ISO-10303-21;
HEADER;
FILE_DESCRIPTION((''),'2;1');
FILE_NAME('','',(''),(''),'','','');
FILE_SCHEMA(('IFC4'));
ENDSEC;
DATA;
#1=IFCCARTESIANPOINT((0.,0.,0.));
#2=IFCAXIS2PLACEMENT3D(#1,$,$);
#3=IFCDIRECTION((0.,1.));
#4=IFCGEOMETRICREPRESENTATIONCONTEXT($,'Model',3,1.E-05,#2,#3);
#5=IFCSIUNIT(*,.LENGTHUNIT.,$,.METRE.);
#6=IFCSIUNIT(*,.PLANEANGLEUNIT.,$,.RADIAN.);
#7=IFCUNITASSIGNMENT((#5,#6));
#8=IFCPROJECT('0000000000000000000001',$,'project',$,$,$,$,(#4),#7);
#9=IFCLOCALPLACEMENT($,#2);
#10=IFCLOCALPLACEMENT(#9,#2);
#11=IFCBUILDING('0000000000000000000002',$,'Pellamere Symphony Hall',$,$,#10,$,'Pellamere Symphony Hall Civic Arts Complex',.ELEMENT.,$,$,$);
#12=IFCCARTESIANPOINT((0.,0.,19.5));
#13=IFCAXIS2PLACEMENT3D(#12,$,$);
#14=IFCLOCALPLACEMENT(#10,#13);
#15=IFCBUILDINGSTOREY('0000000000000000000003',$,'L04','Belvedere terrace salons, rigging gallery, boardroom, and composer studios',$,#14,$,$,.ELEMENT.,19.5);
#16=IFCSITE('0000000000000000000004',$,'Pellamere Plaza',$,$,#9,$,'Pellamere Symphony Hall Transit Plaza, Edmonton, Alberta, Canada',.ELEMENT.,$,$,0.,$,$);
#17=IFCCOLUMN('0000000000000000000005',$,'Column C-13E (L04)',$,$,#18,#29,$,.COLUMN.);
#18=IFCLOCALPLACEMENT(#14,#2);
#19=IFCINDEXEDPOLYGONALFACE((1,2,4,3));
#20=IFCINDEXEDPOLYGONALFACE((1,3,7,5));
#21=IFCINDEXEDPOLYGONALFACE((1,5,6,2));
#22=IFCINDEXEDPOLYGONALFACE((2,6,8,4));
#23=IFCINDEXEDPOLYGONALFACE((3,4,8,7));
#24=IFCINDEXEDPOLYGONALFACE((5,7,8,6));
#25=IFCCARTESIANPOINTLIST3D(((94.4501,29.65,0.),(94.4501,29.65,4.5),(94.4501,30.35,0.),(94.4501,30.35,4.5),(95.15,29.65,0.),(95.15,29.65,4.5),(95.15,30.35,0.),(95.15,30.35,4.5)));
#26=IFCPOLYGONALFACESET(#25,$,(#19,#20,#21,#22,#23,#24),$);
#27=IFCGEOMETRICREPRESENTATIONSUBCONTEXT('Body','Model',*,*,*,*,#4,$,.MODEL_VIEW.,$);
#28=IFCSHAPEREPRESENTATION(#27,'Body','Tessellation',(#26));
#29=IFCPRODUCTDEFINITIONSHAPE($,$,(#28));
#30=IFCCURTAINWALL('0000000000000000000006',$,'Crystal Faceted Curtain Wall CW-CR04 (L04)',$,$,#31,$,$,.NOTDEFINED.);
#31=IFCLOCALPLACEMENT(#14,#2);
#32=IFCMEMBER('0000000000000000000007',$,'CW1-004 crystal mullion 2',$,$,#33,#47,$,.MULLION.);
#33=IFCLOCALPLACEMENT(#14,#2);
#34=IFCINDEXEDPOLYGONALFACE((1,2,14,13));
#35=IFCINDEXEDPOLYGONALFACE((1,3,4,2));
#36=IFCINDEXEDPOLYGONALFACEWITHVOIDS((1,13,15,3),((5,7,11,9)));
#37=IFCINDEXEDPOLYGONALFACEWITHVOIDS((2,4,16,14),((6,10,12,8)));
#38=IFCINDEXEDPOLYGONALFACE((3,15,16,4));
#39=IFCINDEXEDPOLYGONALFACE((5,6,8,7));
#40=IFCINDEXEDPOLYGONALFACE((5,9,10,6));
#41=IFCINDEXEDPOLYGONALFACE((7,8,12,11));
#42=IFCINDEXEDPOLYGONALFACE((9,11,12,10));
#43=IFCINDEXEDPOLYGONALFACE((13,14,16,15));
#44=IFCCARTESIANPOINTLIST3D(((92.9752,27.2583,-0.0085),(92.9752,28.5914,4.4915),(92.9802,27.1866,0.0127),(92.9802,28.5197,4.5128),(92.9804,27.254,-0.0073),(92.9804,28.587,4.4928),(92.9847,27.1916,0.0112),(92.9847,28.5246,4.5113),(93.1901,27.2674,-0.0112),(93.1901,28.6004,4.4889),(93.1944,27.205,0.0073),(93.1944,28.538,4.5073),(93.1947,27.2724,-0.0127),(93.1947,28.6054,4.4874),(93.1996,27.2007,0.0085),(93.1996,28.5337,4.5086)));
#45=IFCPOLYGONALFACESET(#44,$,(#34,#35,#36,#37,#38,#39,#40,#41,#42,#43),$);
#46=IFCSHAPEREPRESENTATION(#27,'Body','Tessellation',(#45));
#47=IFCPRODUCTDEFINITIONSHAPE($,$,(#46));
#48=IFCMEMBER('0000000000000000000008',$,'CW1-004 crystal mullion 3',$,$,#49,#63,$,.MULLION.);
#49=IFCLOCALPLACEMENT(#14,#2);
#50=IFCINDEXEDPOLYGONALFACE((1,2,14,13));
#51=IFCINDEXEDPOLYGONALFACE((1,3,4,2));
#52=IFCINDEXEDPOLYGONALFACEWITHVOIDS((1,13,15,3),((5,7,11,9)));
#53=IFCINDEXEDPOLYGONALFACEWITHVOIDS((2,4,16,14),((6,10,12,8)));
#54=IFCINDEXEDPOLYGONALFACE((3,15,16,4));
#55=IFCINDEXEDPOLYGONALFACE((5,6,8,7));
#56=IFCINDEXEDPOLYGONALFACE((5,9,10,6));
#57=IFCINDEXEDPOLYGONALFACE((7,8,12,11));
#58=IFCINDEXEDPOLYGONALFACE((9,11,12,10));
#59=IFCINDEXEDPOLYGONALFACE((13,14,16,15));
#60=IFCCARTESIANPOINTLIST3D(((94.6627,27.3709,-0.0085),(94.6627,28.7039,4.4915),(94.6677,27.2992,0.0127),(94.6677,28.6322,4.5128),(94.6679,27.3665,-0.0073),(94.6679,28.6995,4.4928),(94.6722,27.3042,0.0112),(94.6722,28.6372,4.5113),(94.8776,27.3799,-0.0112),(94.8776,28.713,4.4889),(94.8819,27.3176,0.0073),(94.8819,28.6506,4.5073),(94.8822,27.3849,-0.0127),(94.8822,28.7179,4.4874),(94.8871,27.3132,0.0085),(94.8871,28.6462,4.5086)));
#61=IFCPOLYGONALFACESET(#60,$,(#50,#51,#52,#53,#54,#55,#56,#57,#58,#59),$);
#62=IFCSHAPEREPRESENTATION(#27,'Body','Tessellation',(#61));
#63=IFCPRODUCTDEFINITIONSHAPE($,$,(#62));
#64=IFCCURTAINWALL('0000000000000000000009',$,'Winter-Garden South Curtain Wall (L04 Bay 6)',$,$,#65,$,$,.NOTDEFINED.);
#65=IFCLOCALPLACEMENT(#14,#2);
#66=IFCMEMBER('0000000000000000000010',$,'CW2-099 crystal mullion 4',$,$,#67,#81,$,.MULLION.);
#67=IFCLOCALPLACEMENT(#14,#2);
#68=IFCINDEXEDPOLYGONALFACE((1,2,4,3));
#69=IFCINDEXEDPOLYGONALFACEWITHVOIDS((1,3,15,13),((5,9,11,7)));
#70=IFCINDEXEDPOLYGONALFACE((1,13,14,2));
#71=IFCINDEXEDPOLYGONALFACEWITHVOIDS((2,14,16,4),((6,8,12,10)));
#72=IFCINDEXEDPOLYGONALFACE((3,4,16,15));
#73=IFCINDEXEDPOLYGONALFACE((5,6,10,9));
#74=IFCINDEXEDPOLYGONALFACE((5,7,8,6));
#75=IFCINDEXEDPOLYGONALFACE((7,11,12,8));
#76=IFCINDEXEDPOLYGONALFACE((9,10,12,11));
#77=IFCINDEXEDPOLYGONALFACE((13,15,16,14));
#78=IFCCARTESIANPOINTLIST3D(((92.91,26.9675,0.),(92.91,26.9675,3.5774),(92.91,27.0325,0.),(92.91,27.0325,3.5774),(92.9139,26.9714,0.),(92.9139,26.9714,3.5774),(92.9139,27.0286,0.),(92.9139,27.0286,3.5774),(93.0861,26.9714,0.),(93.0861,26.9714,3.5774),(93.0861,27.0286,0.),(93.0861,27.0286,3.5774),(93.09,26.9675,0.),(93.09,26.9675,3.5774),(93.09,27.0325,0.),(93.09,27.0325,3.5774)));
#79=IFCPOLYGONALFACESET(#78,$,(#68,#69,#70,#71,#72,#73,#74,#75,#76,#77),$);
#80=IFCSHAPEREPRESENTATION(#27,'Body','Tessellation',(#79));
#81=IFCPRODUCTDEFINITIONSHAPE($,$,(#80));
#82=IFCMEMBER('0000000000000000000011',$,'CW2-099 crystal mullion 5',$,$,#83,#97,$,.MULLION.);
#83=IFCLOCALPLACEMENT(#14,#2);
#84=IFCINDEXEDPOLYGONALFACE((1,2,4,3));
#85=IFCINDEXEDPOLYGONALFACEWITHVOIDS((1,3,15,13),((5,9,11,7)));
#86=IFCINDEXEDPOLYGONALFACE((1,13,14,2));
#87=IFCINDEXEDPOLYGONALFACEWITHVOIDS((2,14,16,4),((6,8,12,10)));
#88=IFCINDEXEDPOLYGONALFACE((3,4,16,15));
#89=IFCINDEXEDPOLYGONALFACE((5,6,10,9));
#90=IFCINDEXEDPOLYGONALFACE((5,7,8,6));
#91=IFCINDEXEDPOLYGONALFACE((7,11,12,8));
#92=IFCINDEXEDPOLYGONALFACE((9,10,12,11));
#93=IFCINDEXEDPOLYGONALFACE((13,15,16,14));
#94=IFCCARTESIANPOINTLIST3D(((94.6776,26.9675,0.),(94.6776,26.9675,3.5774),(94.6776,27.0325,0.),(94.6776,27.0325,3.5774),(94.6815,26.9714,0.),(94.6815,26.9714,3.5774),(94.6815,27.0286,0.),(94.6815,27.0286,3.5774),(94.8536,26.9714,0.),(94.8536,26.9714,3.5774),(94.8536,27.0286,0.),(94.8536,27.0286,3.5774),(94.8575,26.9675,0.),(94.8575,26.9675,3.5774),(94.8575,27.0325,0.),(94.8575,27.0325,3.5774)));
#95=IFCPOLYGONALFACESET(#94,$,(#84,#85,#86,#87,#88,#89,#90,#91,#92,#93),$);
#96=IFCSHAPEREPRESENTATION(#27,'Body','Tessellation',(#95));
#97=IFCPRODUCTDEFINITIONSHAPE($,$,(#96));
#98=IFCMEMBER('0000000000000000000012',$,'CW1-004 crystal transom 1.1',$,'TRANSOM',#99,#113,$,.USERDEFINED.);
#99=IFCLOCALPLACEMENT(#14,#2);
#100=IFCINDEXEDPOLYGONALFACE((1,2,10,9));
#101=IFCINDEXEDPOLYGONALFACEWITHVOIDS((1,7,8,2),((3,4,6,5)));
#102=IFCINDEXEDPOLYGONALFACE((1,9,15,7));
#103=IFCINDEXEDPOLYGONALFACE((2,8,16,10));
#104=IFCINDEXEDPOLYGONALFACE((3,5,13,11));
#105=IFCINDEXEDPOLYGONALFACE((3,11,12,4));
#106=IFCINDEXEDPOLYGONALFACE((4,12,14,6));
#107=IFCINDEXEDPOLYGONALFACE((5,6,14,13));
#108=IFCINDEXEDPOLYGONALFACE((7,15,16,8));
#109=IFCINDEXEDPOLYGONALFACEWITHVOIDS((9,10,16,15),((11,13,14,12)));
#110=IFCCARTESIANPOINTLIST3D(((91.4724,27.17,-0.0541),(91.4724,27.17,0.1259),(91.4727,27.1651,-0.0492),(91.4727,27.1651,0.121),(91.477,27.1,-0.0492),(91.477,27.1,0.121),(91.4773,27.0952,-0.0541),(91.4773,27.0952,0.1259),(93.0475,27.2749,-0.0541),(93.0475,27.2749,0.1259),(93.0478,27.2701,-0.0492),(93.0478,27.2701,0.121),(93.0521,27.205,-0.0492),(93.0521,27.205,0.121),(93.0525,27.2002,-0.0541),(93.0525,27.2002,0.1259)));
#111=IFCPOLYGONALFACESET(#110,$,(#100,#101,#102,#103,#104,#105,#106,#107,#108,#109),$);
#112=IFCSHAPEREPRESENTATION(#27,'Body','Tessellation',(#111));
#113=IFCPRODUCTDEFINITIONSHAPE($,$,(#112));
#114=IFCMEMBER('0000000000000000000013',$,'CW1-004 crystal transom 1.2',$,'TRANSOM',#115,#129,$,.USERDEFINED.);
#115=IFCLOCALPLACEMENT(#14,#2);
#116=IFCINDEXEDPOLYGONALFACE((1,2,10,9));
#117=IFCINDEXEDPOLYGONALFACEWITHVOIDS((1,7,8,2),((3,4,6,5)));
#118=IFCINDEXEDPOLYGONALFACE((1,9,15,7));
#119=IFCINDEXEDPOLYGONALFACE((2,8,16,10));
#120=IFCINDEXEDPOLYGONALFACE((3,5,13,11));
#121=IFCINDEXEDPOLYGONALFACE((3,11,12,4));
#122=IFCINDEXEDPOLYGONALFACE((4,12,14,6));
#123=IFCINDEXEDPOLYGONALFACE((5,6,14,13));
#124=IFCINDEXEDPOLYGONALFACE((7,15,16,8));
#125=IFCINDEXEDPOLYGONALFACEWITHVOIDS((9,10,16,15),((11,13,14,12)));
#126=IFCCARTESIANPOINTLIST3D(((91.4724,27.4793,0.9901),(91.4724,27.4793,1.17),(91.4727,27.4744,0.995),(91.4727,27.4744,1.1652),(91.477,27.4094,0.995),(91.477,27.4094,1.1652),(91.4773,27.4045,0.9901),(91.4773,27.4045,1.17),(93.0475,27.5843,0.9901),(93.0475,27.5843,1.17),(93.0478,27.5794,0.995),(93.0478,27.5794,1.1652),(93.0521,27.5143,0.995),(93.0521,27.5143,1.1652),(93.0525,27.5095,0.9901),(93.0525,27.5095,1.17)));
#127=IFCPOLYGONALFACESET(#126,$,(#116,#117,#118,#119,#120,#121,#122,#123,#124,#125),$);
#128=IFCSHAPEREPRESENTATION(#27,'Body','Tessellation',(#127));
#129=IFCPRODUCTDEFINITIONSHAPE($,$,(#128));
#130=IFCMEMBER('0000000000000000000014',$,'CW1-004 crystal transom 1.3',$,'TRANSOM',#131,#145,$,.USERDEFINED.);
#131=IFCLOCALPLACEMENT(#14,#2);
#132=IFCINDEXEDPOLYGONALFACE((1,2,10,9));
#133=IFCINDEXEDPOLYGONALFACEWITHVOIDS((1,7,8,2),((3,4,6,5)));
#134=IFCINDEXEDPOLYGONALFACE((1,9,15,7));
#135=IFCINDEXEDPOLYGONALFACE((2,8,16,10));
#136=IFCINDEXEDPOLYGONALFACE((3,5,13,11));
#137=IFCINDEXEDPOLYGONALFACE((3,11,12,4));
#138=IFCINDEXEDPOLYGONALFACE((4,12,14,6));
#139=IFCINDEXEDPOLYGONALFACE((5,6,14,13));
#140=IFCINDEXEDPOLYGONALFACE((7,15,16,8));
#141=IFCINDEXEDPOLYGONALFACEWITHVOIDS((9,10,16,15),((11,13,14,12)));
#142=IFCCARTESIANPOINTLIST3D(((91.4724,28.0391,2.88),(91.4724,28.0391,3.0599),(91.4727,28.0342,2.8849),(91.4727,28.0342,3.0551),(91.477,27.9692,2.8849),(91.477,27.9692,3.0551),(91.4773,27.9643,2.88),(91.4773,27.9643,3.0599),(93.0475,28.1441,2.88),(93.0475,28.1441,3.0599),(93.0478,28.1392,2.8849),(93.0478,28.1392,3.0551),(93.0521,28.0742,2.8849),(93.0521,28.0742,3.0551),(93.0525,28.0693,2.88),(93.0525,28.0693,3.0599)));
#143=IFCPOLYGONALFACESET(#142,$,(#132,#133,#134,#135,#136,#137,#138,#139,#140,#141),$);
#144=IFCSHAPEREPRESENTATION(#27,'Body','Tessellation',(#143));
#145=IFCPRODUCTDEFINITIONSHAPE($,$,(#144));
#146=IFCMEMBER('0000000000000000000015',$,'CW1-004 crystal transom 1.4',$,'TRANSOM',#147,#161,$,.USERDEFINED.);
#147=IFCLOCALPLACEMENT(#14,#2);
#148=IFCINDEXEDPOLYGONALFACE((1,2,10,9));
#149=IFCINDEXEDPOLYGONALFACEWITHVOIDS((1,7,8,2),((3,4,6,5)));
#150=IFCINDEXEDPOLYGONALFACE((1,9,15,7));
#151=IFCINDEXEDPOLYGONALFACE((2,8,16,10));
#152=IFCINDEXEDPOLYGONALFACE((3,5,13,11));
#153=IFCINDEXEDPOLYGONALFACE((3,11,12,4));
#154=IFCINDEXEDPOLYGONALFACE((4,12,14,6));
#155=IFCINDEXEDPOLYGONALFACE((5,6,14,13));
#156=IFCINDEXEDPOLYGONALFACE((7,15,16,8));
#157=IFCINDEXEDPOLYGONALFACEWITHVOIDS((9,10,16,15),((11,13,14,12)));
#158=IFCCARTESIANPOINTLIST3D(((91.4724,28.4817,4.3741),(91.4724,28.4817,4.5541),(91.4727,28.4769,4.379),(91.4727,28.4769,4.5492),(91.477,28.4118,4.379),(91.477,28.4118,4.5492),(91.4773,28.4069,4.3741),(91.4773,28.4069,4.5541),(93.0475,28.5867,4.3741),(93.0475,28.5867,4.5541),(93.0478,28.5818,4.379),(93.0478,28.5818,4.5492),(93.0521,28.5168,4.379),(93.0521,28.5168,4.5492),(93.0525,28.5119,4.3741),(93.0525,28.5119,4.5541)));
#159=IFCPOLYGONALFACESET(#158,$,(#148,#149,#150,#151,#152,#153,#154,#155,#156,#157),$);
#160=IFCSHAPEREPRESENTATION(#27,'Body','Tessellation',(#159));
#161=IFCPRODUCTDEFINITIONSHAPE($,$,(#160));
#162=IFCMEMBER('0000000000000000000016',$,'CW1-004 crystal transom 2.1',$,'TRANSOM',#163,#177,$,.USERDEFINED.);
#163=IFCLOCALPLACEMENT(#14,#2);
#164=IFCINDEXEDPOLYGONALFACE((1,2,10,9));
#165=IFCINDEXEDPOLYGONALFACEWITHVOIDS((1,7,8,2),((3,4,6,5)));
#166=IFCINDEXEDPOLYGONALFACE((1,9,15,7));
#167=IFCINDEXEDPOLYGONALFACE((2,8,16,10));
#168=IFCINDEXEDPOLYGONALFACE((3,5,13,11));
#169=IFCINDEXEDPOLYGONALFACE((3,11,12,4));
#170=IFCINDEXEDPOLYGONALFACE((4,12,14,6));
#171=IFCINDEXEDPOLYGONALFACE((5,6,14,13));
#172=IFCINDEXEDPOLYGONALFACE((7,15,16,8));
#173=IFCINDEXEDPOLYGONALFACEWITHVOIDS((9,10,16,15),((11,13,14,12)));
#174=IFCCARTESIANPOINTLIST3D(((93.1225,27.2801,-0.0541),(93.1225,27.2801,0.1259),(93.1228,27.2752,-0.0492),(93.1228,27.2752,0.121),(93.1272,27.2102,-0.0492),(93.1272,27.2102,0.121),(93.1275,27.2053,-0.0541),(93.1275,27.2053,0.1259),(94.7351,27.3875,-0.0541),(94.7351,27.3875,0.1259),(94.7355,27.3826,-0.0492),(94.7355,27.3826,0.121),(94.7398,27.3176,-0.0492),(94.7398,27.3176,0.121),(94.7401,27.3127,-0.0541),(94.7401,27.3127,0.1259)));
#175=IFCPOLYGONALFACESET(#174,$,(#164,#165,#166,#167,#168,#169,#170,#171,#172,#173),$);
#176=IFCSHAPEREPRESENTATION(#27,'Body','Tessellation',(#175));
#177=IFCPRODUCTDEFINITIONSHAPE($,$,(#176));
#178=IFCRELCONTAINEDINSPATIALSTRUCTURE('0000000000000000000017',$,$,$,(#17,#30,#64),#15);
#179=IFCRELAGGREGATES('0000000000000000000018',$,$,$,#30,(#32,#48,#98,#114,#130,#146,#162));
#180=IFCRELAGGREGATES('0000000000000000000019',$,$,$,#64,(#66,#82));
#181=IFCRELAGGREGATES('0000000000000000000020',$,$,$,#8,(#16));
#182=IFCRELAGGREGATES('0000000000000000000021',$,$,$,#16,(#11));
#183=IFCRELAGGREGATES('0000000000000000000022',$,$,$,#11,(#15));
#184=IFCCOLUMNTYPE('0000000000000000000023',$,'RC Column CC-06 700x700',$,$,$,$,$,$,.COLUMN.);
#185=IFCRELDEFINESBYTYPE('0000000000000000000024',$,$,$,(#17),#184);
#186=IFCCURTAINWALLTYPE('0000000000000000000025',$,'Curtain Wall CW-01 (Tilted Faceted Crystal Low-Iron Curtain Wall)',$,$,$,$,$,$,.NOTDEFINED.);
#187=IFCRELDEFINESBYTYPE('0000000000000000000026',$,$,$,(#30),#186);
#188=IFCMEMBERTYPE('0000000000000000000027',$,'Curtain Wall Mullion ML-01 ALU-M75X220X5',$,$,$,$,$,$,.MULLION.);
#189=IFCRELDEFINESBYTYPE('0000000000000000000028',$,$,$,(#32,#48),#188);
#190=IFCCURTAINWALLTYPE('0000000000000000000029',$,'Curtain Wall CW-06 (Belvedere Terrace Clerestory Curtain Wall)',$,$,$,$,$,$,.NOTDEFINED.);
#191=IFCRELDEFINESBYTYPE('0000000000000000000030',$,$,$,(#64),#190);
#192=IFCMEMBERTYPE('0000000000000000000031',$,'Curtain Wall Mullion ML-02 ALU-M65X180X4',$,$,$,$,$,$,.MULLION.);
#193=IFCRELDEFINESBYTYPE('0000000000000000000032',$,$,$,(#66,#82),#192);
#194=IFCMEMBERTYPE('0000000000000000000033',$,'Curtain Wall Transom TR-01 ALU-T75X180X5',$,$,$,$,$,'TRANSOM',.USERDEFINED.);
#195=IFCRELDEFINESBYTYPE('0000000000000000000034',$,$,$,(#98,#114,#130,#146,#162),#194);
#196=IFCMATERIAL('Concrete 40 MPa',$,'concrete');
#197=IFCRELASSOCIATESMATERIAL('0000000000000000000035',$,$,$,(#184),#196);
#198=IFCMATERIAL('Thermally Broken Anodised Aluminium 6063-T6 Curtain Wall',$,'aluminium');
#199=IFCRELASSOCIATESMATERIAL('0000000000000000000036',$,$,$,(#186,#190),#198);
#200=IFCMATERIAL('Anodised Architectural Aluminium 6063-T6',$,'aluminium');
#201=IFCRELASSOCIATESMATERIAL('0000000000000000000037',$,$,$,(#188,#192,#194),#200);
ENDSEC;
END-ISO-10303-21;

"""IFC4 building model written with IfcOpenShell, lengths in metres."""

from ifc_helpers import new_model, si_unit, direction, frame, origin, origin_2d, place, context, subcontext, project, spatial, rectangle, hollow_rectangle, extrude, material, material_profile, profile_set, type_object, element, aggregate, save


model = new_model("IFC4")

# Units and contexts
model_context = context("Model", 3, precision=1e-05, world=origin(), true_north=direction((0.0, 1.0)))
body_context = subcontext(model_context, "Body", "Model", "MODEL_VIEW")
ifc_project = project(units=[si_unit("LENGTHUNIT", "METRE"), si_unit("PLANEANGLEUNIT", "RADIAN")], contexts=[model_context])

# Site, building, storey
site_placement = place(None, origin())
site = spatial("IfcSite", under=ifc_project, at=site_placement, Name="Pellamere Plaza", LongName="Pellamere Symphony Hall Transit Plaza, Edmonton, Alberta, Canada", CompositionType="ELEMENT", RefElevation=0.0)
building_placement = place(site_placement, origin())
building = spatial("IfcBuilding", under=site, at=building_placement, Name="Pellamere Symphony Hall", LongName="Pellamere Symphony Hall Civic Arts Complex", CompositionType="ELEMENT")
storey_placement = place(building_placement, frame((0.0, 0.0, 19.5)))
storey = spatial("IfcBuildingStorey", under=building, at=storey_placement, Name="L04", Description="Belvedere terrace salons, rigging gallery, boardroom, and composer studios", CompositionType="ELEMENT", Elevation=19.5)

# Column
ifc_material_1 = material(Name="Concrete 40 MPa", Category="concrete")
ifc_material_profile_1 = material_profile(ifc_material_1, rectangle(XDim=0.7, YDim=0.7, at=origin_2d()), Name="RC 700x700")
ifc_profile_set_1 = profile_set([ifc_material_profile_1], Name="Concrete 40 MPa")
column_type = type_object("IfcColumnType", Name="RC Column CC-06 700x700", PredefinedType="COLUMN", material=ifc_profile_set_1)
column_placement = place(storey_placement, frame((94.8, 30.0, 0.0), z_axis=(0.0, 0.0, 1.0), x_axis=(1.0, 0.0, 0.0)))
element("IfcColumn", 1, at=column_placement, inside=storey, type_object=column_type, Name="Column C-13E (L04)", PredefinedType="COLUMN", context=body_context, shape_type="SweptSolid", body=[
    extrude(rectangle(XDim=0.7, YDim=0.7, at=origin_2d()), origin(), (0.0, 0.0, 1.0), 4.5),
])

# Curtain walls, members
ifc_material_2 = material(Name="Thermally Broken Anodised Aluminium 6063-T6 Curtain Wall", Category="aluminium")
curtain_wall_type_1 = type_object("IfcCurtainWallType", Name="Curtain Wall CW-01 (Tilted Faceted Crystal Low-Iron Curtain Wall)", PredefinedType="NOTDEFINED", material=ifc_material_2)
curtain_wall_1_placement = place(storey_placement, origin())
curtain_wall_1 = element("IfcCurtainWall", 2, at=curtain_wall_1_placement, inside=storey, type_object=curtain_wall_type_1, Name="Crystal Faceted Curtain Wall CW-CR04 (L04)", PredefinedType="NOTDEFINED")
ifc_material_3 = material(Name="Anodised Architectural Aluminium 6063-T6", Category="aluminium")
ifc_material_profile_2 = material_profile(ifc_material_3, hollow_rectangle(XDim=0.075, YDim=0.22, WallThickness=0.0049, at=origin_2d()), Name="ALU-M75X220X5")
ifc_profile_set_2 = profile_set([ifc_material_profile_2], Name="Anodised Architectural Aluminium 6063-T6")
member_type_1 = type_object("IfcMemberType", Name="Curtain Wall Mullion ML-01 ALU-M75X220X5", PredefinedType="MULLION", material=ifc_profile_set_2)
member_1_placement = place(storey_placement, frame((93.0874, 27.2295, 0.0), z_axis=(0.0, 0.284025, 0.958817), x_axis=(0.066519, -0.956693, 0.283395)))
member_1 = element("IfcMember", 3, at=member_1_placement, type_object=member_type_1, Name="CW1-004 crystal mullion 2", PredefinedType="MULLION", context=body_context, shape_type="SweptSolid", body=[
    extrude(hollow_rectangle(XDim=0.075, YDim=0.22, WallThickness=0.0049, at=origin_2d()), origin(), (0.0, 0.0, 1.0), 4.6934),
])
member_2_placement = place(storey_placement, frame((94.7749, 27.342, 0.0), z_axis=(0.0, 0.284025, 0.958817), x_axis=(0.066519, -0.956693, 0.283395)))
member_2 = element("IfcMember", 4, at=member_2_placement, type_object=member_type_1, Name="CW1-004 crystal mullion 3", PredefinedType="MULLION", context=body_context, shape_type="SweptSolid", body=[
    extrude(hollow_rectangle(XDim=0.075, YDim=0.22, WallThickness=0.0049, at=origin_2d()), origin(), (0.0, 0.0, 1.0), 4.6934),
])
curtain_wall_type_2 = type_object("IfcCurtainWallType", Name="Curtain Wall CW-06 (Belvedere Terrace Clerestory Curtain Wall)", PredefinedType="NOTDEFINED", material=ifc_material_2)
curtain_wall_2_placement = place(storey_placement, origin())
curtain_wall_2 = element("IfcCurtainWall", 5, at=curtain_wall_2_placement, inside=storey, type_object=curtain_wall_type_2, Name="Winter-Garden South Curtain Wall (L04 Bay 6)", PredefinedType="NOTDEFINED")
ifc_material_profile_3 = material_profile(ifc_material_3, hollow_rectangle(XDim=0.0649, YDim=0.1799, WallThickness=0.0039, at=origin_2d()), Name="ALU-M65X180X4")
ifc_profile_set_3 = profile_set([ifc_material_profile_3], Name="Anodised Architectural Aluminium 6063-T6")
member_type_2 = type_object("IfcMemberType", Name="Curtain Wall Mullion ML-02 ALU-M65X180X4", PredefinedType="MULLION", material=ifc_profile_set_3)
member_3_placement = place(storey_placement, frame((93.0, 27.0, 0.0), z_axis=(0.0, 0.0, 1.0), x_axis=(0.0, 1.0, 0.0)))
member_3 = element("IfcMember", 6, at=member_3_placement, type_object=member_type_2, Name="CW2-099 crystal mullion 4", PredefinedType="MULLION", context=body_context, shape_type="SweptSolid", body=[
    extrude(hollow_rectangle(XDim=0.0649, YDim=0.1799, WallThickness=0.0039, at=origin_2d()), origin(), (0.0, 0.0, 1.0), 3.5774),
])
member_4_placement = place(storey_placement, frame((94.7676, 27.0, 0.0), z_axis=(0.0, 0.0, 1.0), x_axis=(0.0, 1.0, 0.0)))
member_4 = element("IfcMember", 7, at=member_4_placement, type_object=member_type_2, Name="CW2-099 crystal mullion 5", PredefinedType="MULLION", context=body_context, shape_type="SweptSolid", body=[
    extrude(hollow_rectangle(XDim=0.0649, YDim=0.1799, WallThickness=0.0039, at=origin_2d()), origin(), (0.0, 0.0, 1.0), 3.5774),
])

# Members
ifc_material_profile_4 = material_profile(ifc_material_3, hollow_rectangle(XDim=0.075, YDim=0.1799, WallThickness=0.0049, at=origin_2d()), Name="ALU-T75X180X5")
ifc_profile_set_4 = profile_set([ifc_material_profile_4], Name="Anodised Architectural Aluminium 6063-T6")
member_type_3 = type_object("IfcMemberType", Name="Curtain Wall Transom TR-01 ALU-T75X180X5", ElementType="TRANSOM", PredefinedType="USERDEFINED", material=ifc_profile_set_4)
member_5_placement = place(storey_placement, frame((91.4749, 27.1326, 0.0359), z_axis=(0.997787, 0.066498, 0.0), x_axis=(-0.066498, 0.997787, 0.0)))
member_5 = element("IfcMember", 8, at=member_5_placement, type_object=member_type_3, Name="CW1-004 crystal transom 1.1", ObjectType="TRANSOM", PredefinedType="USERDEFINED", context=body_context, shape_type="SweptSolid", body=[
    extrude(hollow_rectangle(XDim=0.075, YDim=0.1799, WallThickness=0.0049, at=origin_2d()), origin(), (0.0, 0.0, 1.0), 1.5786),
])
member_6_placement = place(storey_placement, frame((91.4749, 27.4419, 1.0801), z_axis=(0.997787, 0.066498, 0.0), x_axis=(-0.066498, 0.997787, 0.0)))
member_6 = element("IfcMember", 9, at=member_6_placement, type_object=member_type_3, Name="CW1-004 crystal transom 1.2", ObjectType="TRANSOM", PredefinedType="USERDEFINED", context=body_context, shape_type="SweptSolid", body=[
    extrude(hollow_rectangle(XDim=0.075, YDim=0.1799, WallThickness=0.0049, at=origin_2d()), origin(), (0.0, 0.0, 1.0), 1.5786),
])
member_7_placement = place(storey_placement, frame((91.4749, 28.0017, 2.97), z_axis=(0.997787, 0.066498, 0.0), x_axis=(-0.066498, 0.997787, 0.0)))
member_7 = element("IfcMember", 10, at=member_7_placement, type_object=member_type_3, Name="CW1-004 crystal transom 1.3", ObjectType="TRANSOM", PredefinedType="USERDEFINED", context=body_context, shape_type="SweptSolid", body=[
    extrude(hollow_rectangle(XDim=0.075, YDim=0.1799, WallThickness=0.0049, at=origin_2d()), origin(), (0.0, 0.0, 1.0), 1.5786),
])
member_8_placement = place(storey_placement, frame((91.4749, 28.4443, 4.4641), z_axis=(0.997787, 0.066498, 0.0), x_axis=(-0.066498, 0.997787, 0.0)))
member_8 = element("IfcMember", 11, at=member_8_placement, type_object=member_type_3, Name="CW1-004 crystal transom 1.4", ObjectType="TRANSOM", PredefinedType="USERDEFINED", context=body_context, shape_type="SweptSolid", body=[
    extrude(hollow_rectangle(XDim=0.075, YDim=0.1799, WallThickness=0.0049, at=origin_2d()), origin(), (0.0, 0.0, 1.0), 1.5786),
])
member_9_placement = place(storey_placement, frame((93.125, 27.2427, 0.0359), z_axis=(0.997788, 0.066469, 0.0), x_axis=(-0.066469, 0.997788, 0.0)))
member_9 = element("IfcMember", 12, at=member_9_placement, type_object=member_type_3, Name="CW1-004 crystal transom 2.1", ObjectType="TRANSOM", PredefinedType="USERDEFINED", context=body_context, shape_type="SweptSolid", body=[
    extrude(hollow_rectangle(XDim=0.075, YDim=0.1799, WallThickness=0.0049, at=origin_2d()), origin(), (0.0, 0.0, 1.0), 1.6162),
])

aggregate(curtain_wall_1, [member_1, member_2, member_5, member_6, member_7, member_8, member_9])
aggregate(curtain_wall_2, [member_3, member_4])

save(model, "model.ifc")
